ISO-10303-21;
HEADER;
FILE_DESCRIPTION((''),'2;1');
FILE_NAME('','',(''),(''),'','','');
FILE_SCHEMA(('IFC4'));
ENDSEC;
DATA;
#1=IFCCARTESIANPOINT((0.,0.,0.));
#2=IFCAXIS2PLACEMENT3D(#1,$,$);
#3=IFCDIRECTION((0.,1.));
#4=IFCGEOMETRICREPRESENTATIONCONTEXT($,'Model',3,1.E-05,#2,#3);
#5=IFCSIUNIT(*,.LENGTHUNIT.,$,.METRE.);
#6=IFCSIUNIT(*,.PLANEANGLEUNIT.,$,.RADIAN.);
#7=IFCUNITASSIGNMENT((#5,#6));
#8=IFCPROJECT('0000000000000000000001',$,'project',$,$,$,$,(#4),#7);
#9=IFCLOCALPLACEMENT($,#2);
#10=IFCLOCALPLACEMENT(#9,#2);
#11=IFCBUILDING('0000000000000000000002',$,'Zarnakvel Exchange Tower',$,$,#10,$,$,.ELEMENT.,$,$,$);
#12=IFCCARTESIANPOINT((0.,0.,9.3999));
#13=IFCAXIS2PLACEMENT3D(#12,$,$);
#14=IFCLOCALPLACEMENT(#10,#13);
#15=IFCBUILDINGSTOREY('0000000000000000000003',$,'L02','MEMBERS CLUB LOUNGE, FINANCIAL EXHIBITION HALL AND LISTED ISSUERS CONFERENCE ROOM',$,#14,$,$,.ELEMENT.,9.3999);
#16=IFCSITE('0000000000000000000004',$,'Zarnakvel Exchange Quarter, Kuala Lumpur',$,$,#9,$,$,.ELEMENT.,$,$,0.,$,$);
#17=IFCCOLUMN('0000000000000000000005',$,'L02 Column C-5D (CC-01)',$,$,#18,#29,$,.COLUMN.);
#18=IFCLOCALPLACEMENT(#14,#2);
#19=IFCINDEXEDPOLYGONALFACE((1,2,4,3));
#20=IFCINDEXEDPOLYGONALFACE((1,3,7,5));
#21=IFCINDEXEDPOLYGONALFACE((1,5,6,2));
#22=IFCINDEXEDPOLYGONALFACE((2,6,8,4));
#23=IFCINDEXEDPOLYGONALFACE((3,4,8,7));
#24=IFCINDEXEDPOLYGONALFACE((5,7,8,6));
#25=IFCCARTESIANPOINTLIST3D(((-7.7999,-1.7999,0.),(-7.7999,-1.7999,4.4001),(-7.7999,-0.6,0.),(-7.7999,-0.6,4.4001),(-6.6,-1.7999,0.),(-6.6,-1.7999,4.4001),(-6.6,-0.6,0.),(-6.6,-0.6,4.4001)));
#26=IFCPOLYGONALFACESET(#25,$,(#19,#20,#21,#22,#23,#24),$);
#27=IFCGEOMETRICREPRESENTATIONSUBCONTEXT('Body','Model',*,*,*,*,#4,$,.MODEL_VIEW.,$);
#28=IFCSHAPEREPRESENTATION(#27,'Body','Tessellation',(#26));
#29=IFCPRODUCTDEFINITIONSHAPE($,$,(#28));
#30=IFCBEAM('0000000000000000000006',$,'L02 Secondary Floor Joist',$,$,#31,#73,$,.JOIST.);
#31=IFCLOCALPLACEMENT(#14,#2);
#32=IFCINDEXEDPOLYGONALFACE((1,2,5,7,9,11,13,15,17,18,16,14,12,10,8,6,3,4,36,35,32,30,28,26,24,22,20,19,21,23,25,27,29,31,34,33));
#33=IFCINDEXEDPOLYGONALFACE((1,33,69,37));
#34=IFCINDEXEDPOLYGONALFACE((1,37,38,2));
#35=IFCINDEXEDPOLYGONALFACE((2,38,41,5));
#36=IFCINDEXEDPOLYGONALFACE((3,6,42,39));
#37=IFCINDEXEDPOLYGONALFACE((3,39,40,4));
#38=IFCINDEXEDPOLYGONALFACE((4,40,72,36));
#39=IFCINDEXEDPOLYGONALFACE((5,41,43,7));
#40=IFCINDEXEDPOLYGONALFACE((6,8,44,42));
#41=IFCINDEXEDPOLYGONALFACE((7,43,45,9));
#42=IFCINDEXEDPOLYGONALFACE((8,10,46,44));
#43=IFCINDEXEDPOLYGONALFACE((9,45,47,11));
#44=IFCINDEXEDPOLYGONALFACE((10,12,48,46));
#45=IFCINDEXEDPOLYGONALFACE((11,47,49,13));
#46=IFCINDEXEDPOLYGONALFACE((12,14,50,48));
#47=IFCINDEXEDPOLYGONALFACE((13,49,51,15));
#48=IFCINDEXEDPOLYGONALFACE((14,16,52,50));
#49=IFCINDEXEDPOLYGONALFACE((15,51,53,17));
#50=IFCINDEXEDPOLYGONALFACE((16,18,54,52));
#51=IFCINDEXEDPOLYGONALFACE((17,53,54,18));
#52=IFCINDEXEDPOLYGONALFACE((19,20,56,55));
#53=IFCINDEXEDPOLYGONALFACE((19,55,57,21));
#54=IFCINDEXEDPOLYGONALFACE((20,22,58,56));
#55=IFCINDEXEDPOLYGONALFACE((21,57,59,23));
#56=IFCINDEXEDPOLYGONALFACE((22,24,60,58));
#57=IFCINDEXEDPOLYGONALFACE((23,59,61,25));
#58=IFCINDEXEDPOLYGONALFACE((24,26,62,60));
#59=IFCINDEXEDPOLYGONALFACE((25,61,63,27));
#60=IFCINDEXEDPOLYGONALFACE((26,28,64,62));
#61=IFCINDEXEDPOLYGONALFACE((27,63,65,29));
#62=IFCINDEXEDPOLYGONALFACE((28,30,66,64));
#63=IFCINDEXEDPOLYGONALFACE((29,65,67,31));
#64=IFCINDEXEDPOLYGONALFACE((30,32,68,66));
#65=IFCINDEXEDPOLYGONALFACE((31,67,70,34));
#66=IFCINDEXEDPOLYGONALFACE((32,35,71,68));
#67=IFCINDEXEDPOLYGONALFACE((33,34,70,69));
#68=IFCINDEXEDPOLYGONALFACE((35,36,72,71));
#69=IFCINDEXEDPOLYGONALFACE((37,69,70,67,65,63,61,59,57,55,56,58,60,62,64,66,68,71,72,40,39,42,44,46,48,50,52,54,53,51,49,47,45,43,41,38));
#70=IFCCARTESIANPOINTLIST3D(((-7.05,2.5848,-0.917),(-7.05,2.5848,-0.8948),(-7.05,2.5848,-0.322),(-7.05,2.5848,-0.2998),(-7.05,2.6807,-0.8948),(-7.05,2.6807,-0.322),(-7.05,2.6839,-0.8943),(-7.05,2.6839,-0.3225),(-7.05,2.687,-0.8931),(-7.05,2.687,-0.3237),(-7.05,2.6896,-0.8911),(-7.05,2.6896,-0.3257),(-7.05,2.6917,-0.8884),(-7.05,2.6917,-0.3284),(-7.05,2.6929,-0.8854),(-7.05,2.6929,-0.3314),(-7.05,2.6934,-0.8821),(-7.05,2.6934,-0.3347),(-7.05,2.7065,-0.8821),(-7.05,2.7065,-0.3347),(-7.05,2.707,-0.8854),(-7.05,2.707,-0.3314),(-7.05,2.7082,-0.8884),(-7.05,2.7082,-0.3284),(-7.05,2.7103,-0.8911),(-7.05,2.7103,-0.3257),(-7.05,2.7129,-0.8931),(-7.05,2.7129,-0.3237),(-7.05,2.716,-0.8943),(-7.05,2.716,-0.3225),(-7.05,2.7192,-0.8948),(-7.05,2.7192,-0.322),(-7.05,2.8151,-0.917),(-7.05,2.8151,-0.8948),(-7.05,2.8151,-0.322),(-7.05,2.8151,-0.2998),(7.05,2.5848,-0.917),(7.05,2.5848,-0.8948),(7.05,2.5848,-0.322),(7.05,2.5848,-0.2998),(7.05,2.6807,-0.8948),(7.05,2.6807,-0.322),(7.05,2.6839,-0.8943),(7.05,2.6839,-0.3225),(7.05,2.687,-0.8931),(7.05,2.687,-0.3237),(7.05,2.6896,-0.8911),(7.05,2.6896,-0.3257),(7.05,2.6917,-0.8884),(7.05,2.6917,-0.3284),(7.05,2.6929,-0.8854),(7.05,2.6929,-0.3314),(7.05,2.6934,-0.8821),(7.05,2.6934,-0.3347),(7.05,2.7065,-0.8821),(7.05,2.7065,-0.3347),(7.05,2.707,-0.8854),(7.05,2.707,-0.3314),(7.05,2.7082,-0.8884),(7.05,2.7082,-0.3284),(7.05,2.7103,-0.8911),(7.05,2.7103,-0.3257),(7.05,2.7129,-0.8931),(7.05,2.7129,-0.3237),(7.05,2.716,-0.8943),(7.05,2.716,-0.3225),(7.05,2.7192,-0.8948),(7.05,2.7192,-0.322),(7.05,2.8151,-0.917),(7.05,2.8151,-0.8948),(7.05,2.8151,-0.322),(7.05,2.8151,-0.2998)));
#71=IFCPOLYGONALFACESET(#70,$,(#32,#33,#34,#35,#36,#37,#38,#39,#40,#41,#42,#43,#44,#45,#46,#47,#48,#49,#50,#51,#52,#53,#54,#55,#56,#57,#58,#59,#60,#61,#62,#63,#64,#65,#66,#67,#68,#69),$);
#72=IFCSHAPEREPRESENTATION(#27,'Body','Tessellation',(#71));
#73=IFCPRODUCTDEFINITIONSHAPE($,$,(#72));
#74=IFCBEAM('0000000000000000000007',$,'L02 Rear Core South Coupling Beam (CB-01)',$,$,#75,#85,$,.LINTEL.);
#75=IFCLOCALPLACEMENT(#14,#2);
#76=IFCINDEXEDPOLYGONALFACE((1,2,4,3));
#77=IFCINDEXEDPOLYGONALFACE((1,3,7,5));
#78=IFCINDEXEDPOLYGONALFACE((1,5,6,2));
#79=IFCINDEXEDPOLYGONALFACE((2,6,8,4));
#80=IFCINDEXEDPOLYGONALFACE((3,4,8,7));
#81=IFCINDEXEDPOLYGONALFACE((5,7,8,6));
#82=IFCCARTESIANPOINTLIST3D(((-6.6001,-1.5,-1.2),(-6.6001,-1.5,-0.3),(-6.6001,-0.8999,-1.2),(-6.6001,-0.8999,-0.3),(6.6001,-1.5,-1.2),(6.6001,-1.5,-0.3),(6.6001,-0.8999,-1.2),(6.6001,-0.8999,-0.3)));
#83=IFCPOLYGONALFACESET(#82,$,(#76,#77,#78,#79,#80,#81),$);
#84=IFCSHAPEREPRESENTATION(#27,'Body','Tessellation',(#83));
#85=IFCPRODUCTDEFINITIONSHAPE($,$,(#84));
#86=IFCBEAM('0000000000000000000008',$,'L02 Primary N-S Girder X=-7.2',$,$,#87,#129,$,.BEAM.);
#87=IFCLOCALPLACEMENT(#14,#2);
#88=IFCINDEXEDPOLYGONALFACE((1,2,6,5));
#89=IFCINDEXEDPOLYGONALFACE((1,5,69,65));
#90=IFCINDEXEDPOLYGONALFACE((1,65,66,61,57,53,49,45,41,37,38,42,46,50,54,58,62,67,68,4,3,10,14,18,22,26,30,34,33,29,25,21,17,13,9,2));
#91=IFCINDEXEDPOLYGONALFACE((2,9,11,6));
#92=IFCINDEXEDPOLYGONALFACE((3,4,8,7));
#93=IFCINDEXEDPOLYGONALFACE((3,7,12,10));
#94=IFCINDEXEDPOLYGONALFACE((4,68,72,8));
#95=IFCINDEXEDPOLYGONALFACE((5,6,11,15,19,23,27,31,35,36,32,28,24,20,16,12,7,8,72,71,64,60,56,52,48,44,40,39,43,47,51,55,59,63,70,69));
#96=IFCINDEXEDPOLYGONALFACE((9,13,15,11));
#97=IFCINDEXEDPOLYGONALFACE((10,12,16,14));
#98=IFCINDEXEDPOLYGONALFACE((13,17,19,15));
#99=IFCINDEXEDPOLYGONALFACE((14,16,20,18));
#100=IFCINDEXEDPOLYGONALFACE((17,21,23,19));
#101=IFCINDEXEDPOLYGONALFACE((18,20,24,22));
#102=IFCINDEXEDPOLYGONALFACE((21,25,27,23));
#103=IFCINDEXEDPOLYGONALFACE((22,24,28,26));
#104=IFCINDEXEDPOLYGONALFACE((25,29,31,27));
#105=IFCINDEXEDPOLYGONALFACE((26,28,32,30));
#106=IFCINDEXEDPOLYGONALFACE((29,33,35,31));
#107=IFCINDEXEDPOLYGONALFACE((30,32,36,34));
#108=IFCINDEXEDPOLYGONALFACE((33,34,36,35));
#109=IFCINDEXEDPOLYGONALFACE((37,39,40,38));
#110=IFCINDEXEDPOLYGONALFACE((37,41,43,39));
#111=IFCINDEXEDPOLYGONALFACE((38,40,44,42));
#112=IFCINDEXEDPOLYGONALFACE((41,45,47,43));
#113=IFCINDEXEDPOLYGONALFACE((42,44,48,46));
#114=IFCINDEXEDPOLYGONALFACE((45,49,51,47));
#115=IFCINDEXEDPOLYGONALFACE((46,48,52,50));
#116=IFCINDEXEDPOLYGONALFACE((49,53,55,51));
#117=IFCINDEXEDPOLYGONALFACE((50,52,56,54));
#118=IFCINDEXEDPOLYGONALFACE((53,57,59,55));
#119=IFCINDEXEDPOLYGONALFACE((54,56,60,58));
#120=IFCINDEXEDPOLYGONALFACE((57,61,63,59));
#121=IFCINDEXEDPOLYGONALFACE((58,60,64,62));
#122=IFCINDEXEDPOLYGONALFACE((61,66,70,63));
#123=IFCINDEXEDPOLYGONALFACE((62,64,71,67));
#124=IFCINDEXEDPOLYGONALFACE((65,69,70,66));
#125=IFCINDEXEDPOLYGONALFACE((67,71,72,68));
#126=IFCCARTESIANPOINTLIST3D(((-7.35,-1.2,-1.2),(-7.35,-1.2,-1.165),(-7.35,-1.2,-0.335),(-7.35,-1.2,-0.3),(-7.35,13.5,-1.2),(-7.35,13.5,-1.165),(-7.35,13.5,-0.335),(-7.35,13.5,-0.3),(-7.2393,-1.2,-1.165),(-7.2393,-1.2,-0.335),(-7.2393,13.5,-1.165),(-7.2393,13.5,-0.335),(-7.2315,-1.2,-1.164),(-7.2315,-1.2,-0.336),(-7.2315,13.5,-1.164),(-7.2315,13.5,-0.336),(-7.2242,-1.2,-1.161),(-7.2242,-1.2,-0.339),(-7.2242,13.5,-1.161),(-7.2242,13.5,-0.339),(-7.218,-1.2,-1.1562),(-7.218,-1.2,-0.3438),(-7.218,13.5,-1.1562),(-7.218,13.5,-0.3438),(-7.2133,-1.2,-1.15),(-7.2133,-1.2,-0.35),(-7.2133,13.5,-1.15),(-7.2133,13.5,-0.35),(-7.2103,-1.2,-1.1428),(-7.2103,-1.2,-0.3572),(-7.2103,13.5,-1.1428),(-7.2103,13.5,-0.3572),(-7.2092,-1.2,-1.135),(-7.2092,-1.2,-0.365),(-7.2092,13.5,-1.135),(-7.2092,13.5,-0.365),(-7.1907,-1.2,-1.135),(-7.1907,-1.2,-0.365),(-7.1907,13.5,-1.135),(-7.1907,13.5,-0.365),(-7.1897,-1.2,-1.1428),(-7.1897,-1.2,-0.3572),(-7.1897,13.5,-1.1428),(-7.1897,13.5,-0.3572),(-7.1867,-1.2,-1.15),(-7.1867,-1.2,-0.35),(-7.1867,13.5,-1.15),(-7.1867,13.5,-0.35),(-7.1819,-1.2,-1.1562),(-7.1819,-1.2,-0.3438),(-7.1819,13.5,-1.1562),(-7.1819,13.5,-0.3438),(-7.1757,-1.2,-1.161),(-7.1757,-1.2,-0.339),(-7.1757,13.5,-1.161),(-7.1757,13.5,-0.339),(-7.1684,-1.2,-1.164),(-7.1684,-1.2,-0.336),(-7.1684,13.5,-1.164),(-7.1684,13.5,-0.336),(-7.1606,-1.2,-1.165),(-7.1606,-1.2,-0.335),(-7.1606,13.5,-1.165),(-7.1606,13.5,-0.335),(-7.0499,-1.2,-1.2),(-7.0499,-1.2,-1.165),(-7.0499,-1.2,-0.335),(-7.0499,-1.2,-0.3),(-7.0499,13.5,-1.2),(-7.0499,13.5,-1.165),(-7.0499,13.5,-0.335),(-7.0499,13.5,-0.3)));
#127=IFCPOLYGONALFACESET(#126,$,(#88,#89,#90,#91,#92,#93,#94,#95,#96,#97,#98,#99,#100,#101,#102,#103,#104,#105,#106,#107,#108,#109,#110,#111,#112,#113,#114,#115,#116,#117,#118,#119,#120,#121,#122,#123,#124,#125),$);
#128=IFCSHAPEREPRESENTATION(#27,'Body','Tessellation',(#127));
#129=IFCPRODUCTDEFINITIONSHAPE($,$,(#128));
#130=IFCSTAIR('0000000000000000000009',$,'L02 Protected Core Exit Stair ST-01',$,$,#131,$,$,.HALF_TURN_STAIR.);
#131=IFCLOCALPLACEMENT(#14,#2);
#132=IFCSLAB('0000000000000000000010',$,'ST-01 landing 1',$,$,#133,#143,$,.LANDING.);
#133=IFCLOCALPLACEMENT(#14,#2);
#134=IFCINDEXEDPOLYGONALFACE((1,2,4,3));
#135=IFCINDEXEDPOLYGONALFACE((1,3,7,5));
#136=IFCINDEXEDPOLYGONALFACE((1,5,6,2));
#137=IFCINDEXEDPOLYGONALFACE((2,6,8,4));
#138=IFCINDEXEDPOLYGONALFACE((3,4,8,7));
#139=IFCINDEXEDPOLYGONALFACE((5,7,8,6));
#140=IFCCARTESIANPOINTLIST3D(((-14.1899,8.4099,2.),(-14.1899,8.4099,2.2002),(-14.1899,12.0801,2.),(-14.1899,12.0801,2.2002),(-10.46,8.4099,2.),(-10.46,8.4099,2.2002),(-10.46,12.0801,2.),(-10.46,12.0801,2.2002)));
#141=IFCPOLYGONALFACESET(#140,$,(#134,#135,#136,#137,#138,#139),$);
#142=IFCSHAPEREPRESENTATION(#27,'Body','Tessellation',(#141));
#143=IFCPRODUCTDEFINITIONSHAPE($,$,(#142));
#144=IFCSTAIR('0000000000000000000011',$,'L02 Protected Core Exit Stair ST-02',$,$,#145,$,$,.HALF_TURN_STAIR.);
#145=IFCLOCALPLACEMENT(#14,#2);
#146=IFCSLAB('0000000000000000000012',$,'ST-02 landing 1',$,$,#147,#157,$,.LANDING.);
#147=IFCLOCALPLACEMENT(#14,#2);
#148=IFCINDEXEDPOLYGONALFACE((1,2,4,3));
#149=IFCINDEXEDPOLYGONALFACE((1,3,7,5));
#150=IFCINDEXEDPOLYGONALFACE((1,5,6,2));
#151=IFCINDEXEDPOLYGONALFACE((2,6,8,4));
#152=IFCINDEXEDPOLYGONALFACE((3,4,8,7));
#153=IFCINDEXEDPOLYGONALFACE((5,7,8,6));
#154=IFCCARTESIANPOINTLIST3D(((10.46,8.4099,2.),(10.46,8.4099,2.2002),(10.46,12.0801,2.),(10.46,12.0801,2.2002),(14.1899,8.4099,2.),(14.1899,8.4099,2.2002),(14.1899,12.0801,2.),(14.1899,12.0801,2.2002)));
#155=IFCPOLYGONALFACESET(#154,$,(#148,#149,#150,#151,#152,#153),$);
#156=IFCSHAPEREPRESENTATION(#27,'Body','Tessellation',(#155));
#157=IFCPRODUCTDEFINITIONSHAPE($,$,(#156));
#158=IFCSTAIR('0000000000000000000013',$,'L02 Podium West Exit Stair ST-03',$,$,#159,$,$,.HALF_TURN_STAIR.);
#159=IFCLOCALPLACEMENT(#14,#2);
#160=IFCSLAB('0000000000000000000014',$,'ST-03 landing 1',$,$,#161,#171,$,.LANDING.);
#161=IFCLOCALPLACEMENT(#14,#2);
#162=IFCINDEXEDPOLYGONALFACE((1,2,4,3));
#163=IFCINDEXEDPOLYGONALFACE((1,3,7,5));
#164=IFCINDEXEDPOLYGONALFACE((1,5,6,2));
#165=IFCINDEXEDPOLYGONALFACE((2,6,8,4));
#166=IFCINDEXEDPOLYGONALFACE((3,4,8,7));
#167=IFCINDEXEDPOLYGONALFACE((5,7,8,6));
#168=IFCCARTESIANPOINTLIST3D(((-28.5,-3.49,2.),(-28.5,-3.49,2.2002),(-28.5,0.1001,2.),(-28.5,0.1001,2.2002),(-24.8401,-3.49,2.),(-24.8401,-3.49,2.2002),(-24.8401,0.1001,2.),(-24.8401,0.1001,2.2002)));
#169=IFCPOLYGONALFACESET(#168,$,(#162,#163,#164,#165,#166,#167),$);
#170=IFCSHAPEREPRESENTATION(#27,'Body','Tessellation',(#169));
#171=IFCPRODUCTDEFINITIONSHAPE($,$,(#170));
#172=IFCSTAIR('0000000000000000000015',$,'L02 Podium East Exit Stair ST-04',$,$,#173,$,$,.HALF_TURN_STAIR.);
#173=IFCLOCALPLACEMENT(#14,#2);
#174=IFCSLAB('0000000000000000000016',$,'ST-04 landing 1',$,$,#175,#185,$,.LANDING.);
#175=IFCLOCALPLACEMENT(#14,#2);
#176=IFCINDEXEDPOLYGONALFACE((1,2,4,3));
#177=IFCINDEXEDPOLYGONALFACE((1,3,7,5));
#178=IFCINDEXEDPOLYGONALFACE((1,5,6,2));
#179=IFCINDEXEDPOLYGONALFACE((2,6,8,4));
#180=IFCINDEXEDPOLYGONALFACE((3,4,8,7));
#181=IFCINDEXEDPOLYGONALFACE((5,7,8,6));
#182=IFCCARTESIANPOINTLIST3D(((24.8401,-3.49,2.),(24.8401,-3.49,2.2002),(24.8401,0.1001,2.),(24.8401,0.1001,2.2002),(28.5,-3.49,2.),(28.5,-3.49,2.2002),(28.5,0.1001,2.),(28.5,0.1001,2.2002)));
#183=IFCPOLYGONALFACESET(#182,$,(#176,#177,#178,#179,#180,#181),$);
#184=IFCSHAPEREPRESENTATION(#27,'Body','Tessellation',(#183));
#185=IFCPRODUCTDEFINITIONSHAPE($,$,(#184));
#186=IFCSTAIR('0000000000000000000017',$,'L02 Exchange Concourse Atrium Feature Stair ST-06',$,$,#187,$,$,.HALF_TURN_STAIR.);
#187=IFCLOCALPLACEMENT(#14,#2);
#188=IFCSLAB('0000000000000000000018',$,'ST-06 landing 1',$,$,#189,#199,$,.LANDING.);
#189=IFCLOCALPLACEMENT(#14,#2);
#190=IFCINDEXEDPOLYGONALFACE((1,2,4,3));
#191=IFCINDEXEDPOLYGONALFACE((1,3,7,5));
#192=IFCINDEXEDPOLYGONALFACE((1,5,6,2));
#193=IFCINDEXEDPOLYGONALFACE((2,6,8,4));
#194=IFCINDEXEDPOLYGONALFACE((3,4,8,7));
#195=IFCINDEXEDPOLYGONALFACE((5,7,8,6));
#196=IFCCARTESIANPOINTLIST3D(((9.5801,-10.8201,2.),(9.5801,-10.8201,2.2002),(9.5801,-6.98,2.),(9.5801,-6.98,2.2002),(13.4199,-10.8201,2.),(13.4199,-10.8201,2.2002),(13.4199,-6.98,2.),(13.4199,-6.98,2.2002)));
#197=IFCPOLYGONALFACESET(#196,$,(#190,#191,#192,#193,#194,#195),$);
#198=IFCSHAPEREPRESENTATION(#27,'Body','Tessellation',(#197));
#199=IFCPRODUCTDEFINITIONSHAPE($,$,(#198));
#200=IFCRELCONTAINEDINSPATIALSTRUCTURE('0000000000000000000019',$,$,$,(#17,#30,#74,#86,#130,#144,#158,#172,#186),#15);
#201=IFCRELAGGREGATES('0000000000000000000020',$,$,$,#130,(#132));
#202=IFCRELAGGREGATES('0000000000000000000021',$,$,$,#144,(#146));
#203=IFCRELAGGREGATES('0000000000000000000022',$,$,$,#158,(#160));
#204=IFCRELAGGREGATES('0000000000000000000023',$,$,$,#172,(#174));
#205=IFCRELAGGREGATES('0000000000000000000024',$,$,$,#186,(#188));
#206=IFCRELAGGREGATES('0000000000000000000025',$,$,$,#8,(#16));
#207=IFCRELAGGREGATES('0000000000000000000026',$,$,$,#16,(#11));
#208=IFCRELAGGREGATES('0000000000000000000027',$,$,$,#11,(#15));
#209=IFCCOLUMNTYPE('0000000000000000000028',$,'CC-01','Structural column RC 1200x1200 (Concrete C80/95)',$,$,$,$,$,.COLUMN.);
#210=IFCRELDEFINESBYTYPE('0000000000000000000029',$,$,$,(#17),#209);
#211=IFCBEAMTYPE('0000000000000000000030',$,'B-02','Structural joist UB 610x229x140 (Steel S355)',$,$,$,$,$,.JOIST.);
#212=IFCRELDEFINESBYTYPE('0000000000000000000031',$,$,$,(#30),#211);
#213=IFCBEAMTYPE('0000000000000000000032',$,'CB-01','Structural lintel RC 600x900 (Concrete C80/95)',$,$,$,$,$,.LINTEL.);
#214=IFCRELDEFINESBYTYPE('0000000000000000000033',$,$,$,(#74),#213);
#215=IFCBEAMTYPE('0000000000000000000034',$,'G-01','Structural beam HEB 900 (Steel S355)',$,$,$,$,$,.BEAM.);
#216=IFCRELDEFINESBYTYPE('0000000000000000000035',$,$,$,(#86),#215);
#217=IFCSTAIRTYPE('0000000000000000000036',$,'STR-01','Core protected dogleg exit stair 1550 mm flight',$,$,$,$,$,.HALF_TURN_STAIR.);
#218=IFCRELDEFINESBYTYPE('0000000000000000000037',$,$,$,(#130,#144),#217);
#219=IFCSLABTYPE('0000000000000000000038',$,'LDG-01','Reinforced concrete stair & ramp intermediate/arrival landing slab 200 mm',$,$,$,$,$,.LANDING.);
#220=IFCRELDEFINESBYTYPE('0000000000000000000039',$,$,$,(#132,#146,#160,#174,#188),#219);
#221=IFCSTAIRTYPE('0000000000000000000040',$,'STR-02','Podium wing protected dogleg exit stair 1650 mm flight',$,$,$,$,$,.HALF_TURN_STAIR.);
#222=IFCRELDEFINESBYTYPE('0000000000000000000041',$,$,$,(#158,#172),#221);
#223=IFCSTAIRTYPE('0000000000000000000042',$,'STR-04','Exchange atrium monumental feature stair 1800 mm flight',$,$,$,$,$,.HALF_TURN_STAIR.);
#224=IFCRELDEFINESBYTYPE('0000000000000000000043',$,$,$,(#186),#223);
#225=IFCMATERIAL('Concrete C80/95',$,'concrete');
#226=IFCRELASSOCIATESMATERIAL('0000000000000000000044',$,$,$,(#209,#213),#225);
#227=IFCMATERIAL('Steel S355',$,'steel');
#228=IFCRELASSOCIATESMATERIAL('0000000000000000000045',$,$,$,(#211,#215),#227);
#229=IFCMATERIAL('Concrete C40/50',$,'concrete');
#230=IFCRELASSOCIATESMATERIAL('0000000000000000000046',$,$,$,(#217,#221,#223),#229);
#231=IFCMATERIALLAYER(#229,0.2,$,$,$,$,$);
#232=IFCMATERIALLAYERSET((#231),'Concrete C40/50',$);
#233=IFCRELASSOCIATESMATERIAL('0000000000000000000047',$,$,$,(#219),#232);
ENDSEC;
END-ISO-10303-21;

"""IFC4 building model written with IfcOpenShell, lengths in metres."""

from ifc_helpers import new_model, si_unit, direction, frame, origin, origin_2d, place, context, subcontext, project, spatial, polyline, rectangle, i_section, outline, extrude, material, layer, layer_set, material_profile, profile_set, type_object, element, aggregate, save


model = new_model("IFC4")

# Units and contexts
model_context = context("Model", 3, precision=1e-05, world=origin(), true_north=direction((0.0, 1.0)))
body_context = subcontext(model_context, "Body", "Model", "MODEL_VIEW")
ifc_project = project(units=[si_unit("LENGTHUNIT", "METRE"), si_unit("PLANEANGLEUNIT", "RADIAN")], contexts=[model_context])

# Site, building, storey
site_placement = place(None, origin())
site = spatial("IfcSite", under=ifc_project, at=site_placement, Name="Zarnakvel Exchange Quarter, Kuala Lumpur", CompositionType="ELEMENT", RefElevation=0.0)
building_placement = place(site_placement, origin())
building = spatial("IfcBuilding", under=site, at=building_placement, Name="Zarnakvel Exchange Tower", CompositionType="ELEMENT")
storey_placement = place(building_placement, frame((0.0, 0.0, 9.3999)))
storey = spatial("IfcBuildingStorey", under=building, at=storey_placement, Name="L02", Description="MEMBERS CLUB LOUNGE, FINANCIAL EXHIBITION HALL AND LISTED ISSUERS CONFERENCE ROOM", CompositionType="ELEMENT", Elevation=9.3999)

# Column
ifc_material_1 = material(Name="Concrete C80/95", Category="concrete")
ifc_material_profile_1 = material_profile(ifc_material_1, rectangle(XDim=1.2, YDim=1.2, at=origin_2d()))
ifc_profile_set_1 = profile_set([ifc_material_profile_1], Name="Concrete C80/95")
column_type = type_object("IfcColumnType", Name="CC-01", Description="Structural column RC 1200x1200 (Concrete C80/95)", PredefinedType="COLUMN", material=ifc_profile_set_1)
column_placement = place(storey_placement, frame((-7.2, -1.2, 0.0), z_axis=(0.0, 0.0, 1.0), x_axis=(1.0, 0.0, 0.0)))
element("IfcColumn", 1, at=column_placement, inside=storey, type_object=column_type, Name="L02 Column C-5D (CC-01)", PredefinedType="COLUMN", context=body_context, shape_type="SweptSolid", body=[
    extrude(rectangle(XDim=1.2, YDim=1.2, at=origin_2d()), origin(), (0.0, 0.0, 1.0), 4.4001),
])

# Beams
ifc_material_2 = material(Name="Steel S355", Category="steel")
ifc_material_profile_2 = material_profile(ifc_material_2, i_section(OverallWidth=0.2302, OverallDepth=0.6172, WebThickness=0.0132, FlangeThickness=0.0222, FilletRadius=0.0127, at=origin_2d()))
ifc_profile_set_2 = profile_set([ifc_material_profile_2], Name="Steel S355")
beam_type_1 = type_object("IfcBeamType", Name="B-02", Description="Structural joist UB 610x229x140 (Steel S355)", PredefinedType="JOIST", material=ifc_profile_set_2)
beam_1_placement = place(storey_placement, frame((-7.05, 2.7, -0.6084), z_axis=(1.0, 0.0, 0.0), x_axis=(0.0, 1.0, 0.0)))
element("IfcBeam", 2, at=beam_1_placement, inside=storey, type_object=beam_type_1, Name="L02 Secondary Floor Joist", PredefinedType="JOIST", context=body_context, shape_type="SweptSolid", body=[
    extrude(i_section(OverallWidth=0.2302, OverallDepth=0.6172, WebThickness=0.0132, FlangeThickness=0.0222, FilletRadius=0.0127, at=origin_2d()), origin(), (0.0, 0.0, 1.0), 14.1001),
])
ifc_material_profile_3 = material_profile(ifc_material_1, rectangle(XDim=0.6001, YDim=0.8999, at=origin_2d()))
ifc_profile_set_3 = profile_set([ifc_material_profile_3], Name="Concrete C80/95")
beam_type_2 = type_object("IfcBeamType", Name="CB-01", Description="Structural lintel RC 600x900 (Concrete C80/95)", PredefinedType="LINTEL", material=ifc_profile_set_3)
beam_2_placement = place(storey_placement, frame((-6.6001, -1.2, -0.75), z_axis=(1.0, 0.0, 0.0), x_axis=(0.0, 1.0, 0.0)))
element("IfcBeam", 3, at=beam_2_placement, inside=storey, type_object=beam_type_2, Name="L02 Rear Core South Coupling Beam (CB-01)", PredefinedType="LINTEL", context=body_context, shape_type="SweptSolid", body=[
    extrude(rectangle(XDim=0.6001, YDim=0.8999, at=origin_2d()), origin(), (0.0, 0.0, 1.0), 13.2002),
])
ifc_material_profile_4 = material_profile(ifc_material_2, i_section(OverallWidth=0.3, OverallDepth=0.8999, WebThickness=0.0186, FlangeThickness=0.0349, FilletRadius=0.03, at=origin_2d()))
ifc_profile_set_4 = profile_set([ifc_material_profile_4], Name="Steel S355")
beam_type_3 = type_object("IfcBeamType", Name="G-01", Description="Structural beam HEB 900 (Steel S355)", PredefinedType="BEAM", material=ifc_profile_set_4)
beam_3_placement = place(storey_placement, frame((-7.2, -1.2, -0.75), z_axis=(0.0, 1.0, 0.0), x_axis=(-1.0, 0.0, 0.0)))
element("IfcBeam", 4, at=beam_3_placement, inside=storey, type_object=beam_type_3, Name="L02 Primary N-S Girder X=-7.2", PredefinedType="BEAM", context=body_context, shape_type="SweptSolid", body=[
    extrude(i_section(OverallWidth=0.3, OverallDepth=0.8999, WebThickness=0.0186, FlangeThickness=0.0349, FilletRadius=0.03, at=origin_2d()), origin(), (0.0, 0.0, 1.0), 14.7),
])

# Stairs, slabs
ifc_material_3 = material(Name="Concrete C40/50", Category="concrete")
stair_type_1 = type_object("IfcStairType", Name="STR-01", Description="Core protected dogleg exit stair 1550 mm flight", PredefinedType="HALF_TURN_STAIR", material=ifc_material_3)
stair_1_placement = place(storey_placement, origin())
stair_1 = element("IfcStair", 5, at=stair_1_placement, inside=storey, type_object=stair_type_1, Name="L02 Protected Core Exit Stair ST-01", PredefinedType="HALF_TURN_STAIR")
ifc_layer_1 = layer(ifc_material_3, 0.2)
ifc_layer_set_1 = layer_set([ifc_layer_1], Name="Concrete C40/50")
slab_type_1 = type_object("IfcSlabType", Name="LDG-01", Description="Reinforced concrete stair & ramp intermediate/arrival landing slab 200 mm", PredefinedType="LANDING", material=ifc_layer_set_1)
slab_1_placement = place(storey_placement, frame((0.0, 0.0, 2.0)))
slab_1 = element("IfcSlab", 6, at=slab_1_placement, type_object=slab_type_1, Name="ST-01 landing 1", PredefinedType="LANDING", context=body_context, shape_type="SweptSolid", body=[
    extrude(outline(polyline([(-14.1899, 8.4099), (-10.46, 8.4099), (-10.46, 12.0801), (-14.1899, 12.0801), (-14.1899, 8.4099)])), origin(), (0.0, 0.0, 1.0), 0.2002),
])
aggregate(stair_1, [slab_1])
stair_2_placement = place(storey_placement, origin())
stair_2 = element("IfcStair", 7, at=stair_2_placement, inside=storey, type_object=stair_type_1, Name="L02 Protected Core Exit Stair ST-02", PredefinedType="HALF_TURN_STAIR")
slab_2_placement = place(storey_placement, frame((0.0, 0.0, 2.0)))
slab_2 = element("IfcSlab", 8, at=slab_2_placement, type_object=slab_type_1, Name="ST-02 landing 1", PredefinedType="LANDING", context=body_context, shape_type="SweptSolid", body=[
    extrude(outline(polyline([(10.46, 8.4099), (14.1899, 8.4099), (14.1899, 12.0801), (10.46, 12.0801), (10.46, 8.4099)])), origin(), (0.0, 0.0, 1.0), 0.2002),
])
aggregate(stair_2, [slab_2])
stair_type_2 = type_object("IfcStairType", Name="STR-02", Description="Podium wing protected dogleg exit stair 1650 mm flight", PredefinedType="HALF_TURN_STAIR", material=ifc_material_3)
stair_3_placement = place(storey_placement, origin())
stair_3 = element("IfcStair", 9, at=stair_3_placement, inside=storey, type_object=stair_type_2, Name="L02 Podium West Exit Stair ST-03", PredefinedType="HALF_TURN_STAIR")
slab_3_placement = place(storey_placement, frame((0.0, 0.0, 2.0)))
slab_3 = element("IfcSlab", 10, at=slab_3_placement, type_object=slab_type_1, Name="ST-03 landing 1", PredefinedType="LANDING", context=body_context, shape_type="SweptSolid", body=[
    extrude(outline(polyline([(-28.5, -3.49), (-24.8401, -3.49), (-24.8401, 0.1001), (-28.5, 0.1001), (-28.5, -3.49)])), origin(), (0.0, 0.0, 1.0), 0.2002),
])
aggregate(stair_3, [slab_3])
stair_4_placement = place(storey_placement, origin())
stair_4 = element("IfcStair", 11, at=stair_4_placement, inside=storey, type_object=stair_type_2, Name="L02 Podium East Exit Stair ST-04", PredefinedType="HALF_TURN_STAIR")
slab_4_placement = place(storey_placement, frame((0.0, 0.0, 2.0)))
slab_4 = element("IfcSlab", 12, at=slab_4_placement, type_object=slab_type_1, Name="ST-04 landing 1", PredefinedType="LANDING", context=body_context, shape_type="SweptSolid", body=[
    extrude(outline(polyline([(24.8401, -3.49), (28.5, -3.49), (28.5, 0.1001), (24.8401, 0.1001), (24.8401, -3.49)])), origin(), (0.0, 0.0, 1.0), 0.2002),
])
aggregate(stair_4, [slab_4])
stair_type_3 = type_object("IfcStairType", Name="STR-04", Description="Exchange atrium monumental feature stair 1800 mm flight", PredefinedType="HALF_TURN_STAIR", material=ifc_material_3)
stair_5_placement = place(storey_placement, origin())
stair_5 = element("IfcStair", 13, at=stair_5_placement, inside=storey, type_object=stair_type_3, Name="L02 Exchange Concourse Atrium Feature Stair ST-06", PredefinedType="HALF_TURN_STAIR")
slab_5_placement = place(storey_placement, frame((0.0, 0.0, 2.0)))
slab_5 = element("IfcSlab", 14, at=slab_5_placement, type_object=slab_type_1, Name="ST-06 landing 1", PredefinedType="LANDING", context=body_context, shape_type="SweptSolid", body=[
    extrude(outline(polyline([(9.5801, -10.8201), (13.4199, -10.8201), (13.4199, -6.98), (9.5801, -6.98), (9.5801, -10.8201)])), origin(), (0.0, 0.0, 1.0), 0.2002),
])
aggregate(stair_5, [slab_5])

save(model, "model.ifc")
